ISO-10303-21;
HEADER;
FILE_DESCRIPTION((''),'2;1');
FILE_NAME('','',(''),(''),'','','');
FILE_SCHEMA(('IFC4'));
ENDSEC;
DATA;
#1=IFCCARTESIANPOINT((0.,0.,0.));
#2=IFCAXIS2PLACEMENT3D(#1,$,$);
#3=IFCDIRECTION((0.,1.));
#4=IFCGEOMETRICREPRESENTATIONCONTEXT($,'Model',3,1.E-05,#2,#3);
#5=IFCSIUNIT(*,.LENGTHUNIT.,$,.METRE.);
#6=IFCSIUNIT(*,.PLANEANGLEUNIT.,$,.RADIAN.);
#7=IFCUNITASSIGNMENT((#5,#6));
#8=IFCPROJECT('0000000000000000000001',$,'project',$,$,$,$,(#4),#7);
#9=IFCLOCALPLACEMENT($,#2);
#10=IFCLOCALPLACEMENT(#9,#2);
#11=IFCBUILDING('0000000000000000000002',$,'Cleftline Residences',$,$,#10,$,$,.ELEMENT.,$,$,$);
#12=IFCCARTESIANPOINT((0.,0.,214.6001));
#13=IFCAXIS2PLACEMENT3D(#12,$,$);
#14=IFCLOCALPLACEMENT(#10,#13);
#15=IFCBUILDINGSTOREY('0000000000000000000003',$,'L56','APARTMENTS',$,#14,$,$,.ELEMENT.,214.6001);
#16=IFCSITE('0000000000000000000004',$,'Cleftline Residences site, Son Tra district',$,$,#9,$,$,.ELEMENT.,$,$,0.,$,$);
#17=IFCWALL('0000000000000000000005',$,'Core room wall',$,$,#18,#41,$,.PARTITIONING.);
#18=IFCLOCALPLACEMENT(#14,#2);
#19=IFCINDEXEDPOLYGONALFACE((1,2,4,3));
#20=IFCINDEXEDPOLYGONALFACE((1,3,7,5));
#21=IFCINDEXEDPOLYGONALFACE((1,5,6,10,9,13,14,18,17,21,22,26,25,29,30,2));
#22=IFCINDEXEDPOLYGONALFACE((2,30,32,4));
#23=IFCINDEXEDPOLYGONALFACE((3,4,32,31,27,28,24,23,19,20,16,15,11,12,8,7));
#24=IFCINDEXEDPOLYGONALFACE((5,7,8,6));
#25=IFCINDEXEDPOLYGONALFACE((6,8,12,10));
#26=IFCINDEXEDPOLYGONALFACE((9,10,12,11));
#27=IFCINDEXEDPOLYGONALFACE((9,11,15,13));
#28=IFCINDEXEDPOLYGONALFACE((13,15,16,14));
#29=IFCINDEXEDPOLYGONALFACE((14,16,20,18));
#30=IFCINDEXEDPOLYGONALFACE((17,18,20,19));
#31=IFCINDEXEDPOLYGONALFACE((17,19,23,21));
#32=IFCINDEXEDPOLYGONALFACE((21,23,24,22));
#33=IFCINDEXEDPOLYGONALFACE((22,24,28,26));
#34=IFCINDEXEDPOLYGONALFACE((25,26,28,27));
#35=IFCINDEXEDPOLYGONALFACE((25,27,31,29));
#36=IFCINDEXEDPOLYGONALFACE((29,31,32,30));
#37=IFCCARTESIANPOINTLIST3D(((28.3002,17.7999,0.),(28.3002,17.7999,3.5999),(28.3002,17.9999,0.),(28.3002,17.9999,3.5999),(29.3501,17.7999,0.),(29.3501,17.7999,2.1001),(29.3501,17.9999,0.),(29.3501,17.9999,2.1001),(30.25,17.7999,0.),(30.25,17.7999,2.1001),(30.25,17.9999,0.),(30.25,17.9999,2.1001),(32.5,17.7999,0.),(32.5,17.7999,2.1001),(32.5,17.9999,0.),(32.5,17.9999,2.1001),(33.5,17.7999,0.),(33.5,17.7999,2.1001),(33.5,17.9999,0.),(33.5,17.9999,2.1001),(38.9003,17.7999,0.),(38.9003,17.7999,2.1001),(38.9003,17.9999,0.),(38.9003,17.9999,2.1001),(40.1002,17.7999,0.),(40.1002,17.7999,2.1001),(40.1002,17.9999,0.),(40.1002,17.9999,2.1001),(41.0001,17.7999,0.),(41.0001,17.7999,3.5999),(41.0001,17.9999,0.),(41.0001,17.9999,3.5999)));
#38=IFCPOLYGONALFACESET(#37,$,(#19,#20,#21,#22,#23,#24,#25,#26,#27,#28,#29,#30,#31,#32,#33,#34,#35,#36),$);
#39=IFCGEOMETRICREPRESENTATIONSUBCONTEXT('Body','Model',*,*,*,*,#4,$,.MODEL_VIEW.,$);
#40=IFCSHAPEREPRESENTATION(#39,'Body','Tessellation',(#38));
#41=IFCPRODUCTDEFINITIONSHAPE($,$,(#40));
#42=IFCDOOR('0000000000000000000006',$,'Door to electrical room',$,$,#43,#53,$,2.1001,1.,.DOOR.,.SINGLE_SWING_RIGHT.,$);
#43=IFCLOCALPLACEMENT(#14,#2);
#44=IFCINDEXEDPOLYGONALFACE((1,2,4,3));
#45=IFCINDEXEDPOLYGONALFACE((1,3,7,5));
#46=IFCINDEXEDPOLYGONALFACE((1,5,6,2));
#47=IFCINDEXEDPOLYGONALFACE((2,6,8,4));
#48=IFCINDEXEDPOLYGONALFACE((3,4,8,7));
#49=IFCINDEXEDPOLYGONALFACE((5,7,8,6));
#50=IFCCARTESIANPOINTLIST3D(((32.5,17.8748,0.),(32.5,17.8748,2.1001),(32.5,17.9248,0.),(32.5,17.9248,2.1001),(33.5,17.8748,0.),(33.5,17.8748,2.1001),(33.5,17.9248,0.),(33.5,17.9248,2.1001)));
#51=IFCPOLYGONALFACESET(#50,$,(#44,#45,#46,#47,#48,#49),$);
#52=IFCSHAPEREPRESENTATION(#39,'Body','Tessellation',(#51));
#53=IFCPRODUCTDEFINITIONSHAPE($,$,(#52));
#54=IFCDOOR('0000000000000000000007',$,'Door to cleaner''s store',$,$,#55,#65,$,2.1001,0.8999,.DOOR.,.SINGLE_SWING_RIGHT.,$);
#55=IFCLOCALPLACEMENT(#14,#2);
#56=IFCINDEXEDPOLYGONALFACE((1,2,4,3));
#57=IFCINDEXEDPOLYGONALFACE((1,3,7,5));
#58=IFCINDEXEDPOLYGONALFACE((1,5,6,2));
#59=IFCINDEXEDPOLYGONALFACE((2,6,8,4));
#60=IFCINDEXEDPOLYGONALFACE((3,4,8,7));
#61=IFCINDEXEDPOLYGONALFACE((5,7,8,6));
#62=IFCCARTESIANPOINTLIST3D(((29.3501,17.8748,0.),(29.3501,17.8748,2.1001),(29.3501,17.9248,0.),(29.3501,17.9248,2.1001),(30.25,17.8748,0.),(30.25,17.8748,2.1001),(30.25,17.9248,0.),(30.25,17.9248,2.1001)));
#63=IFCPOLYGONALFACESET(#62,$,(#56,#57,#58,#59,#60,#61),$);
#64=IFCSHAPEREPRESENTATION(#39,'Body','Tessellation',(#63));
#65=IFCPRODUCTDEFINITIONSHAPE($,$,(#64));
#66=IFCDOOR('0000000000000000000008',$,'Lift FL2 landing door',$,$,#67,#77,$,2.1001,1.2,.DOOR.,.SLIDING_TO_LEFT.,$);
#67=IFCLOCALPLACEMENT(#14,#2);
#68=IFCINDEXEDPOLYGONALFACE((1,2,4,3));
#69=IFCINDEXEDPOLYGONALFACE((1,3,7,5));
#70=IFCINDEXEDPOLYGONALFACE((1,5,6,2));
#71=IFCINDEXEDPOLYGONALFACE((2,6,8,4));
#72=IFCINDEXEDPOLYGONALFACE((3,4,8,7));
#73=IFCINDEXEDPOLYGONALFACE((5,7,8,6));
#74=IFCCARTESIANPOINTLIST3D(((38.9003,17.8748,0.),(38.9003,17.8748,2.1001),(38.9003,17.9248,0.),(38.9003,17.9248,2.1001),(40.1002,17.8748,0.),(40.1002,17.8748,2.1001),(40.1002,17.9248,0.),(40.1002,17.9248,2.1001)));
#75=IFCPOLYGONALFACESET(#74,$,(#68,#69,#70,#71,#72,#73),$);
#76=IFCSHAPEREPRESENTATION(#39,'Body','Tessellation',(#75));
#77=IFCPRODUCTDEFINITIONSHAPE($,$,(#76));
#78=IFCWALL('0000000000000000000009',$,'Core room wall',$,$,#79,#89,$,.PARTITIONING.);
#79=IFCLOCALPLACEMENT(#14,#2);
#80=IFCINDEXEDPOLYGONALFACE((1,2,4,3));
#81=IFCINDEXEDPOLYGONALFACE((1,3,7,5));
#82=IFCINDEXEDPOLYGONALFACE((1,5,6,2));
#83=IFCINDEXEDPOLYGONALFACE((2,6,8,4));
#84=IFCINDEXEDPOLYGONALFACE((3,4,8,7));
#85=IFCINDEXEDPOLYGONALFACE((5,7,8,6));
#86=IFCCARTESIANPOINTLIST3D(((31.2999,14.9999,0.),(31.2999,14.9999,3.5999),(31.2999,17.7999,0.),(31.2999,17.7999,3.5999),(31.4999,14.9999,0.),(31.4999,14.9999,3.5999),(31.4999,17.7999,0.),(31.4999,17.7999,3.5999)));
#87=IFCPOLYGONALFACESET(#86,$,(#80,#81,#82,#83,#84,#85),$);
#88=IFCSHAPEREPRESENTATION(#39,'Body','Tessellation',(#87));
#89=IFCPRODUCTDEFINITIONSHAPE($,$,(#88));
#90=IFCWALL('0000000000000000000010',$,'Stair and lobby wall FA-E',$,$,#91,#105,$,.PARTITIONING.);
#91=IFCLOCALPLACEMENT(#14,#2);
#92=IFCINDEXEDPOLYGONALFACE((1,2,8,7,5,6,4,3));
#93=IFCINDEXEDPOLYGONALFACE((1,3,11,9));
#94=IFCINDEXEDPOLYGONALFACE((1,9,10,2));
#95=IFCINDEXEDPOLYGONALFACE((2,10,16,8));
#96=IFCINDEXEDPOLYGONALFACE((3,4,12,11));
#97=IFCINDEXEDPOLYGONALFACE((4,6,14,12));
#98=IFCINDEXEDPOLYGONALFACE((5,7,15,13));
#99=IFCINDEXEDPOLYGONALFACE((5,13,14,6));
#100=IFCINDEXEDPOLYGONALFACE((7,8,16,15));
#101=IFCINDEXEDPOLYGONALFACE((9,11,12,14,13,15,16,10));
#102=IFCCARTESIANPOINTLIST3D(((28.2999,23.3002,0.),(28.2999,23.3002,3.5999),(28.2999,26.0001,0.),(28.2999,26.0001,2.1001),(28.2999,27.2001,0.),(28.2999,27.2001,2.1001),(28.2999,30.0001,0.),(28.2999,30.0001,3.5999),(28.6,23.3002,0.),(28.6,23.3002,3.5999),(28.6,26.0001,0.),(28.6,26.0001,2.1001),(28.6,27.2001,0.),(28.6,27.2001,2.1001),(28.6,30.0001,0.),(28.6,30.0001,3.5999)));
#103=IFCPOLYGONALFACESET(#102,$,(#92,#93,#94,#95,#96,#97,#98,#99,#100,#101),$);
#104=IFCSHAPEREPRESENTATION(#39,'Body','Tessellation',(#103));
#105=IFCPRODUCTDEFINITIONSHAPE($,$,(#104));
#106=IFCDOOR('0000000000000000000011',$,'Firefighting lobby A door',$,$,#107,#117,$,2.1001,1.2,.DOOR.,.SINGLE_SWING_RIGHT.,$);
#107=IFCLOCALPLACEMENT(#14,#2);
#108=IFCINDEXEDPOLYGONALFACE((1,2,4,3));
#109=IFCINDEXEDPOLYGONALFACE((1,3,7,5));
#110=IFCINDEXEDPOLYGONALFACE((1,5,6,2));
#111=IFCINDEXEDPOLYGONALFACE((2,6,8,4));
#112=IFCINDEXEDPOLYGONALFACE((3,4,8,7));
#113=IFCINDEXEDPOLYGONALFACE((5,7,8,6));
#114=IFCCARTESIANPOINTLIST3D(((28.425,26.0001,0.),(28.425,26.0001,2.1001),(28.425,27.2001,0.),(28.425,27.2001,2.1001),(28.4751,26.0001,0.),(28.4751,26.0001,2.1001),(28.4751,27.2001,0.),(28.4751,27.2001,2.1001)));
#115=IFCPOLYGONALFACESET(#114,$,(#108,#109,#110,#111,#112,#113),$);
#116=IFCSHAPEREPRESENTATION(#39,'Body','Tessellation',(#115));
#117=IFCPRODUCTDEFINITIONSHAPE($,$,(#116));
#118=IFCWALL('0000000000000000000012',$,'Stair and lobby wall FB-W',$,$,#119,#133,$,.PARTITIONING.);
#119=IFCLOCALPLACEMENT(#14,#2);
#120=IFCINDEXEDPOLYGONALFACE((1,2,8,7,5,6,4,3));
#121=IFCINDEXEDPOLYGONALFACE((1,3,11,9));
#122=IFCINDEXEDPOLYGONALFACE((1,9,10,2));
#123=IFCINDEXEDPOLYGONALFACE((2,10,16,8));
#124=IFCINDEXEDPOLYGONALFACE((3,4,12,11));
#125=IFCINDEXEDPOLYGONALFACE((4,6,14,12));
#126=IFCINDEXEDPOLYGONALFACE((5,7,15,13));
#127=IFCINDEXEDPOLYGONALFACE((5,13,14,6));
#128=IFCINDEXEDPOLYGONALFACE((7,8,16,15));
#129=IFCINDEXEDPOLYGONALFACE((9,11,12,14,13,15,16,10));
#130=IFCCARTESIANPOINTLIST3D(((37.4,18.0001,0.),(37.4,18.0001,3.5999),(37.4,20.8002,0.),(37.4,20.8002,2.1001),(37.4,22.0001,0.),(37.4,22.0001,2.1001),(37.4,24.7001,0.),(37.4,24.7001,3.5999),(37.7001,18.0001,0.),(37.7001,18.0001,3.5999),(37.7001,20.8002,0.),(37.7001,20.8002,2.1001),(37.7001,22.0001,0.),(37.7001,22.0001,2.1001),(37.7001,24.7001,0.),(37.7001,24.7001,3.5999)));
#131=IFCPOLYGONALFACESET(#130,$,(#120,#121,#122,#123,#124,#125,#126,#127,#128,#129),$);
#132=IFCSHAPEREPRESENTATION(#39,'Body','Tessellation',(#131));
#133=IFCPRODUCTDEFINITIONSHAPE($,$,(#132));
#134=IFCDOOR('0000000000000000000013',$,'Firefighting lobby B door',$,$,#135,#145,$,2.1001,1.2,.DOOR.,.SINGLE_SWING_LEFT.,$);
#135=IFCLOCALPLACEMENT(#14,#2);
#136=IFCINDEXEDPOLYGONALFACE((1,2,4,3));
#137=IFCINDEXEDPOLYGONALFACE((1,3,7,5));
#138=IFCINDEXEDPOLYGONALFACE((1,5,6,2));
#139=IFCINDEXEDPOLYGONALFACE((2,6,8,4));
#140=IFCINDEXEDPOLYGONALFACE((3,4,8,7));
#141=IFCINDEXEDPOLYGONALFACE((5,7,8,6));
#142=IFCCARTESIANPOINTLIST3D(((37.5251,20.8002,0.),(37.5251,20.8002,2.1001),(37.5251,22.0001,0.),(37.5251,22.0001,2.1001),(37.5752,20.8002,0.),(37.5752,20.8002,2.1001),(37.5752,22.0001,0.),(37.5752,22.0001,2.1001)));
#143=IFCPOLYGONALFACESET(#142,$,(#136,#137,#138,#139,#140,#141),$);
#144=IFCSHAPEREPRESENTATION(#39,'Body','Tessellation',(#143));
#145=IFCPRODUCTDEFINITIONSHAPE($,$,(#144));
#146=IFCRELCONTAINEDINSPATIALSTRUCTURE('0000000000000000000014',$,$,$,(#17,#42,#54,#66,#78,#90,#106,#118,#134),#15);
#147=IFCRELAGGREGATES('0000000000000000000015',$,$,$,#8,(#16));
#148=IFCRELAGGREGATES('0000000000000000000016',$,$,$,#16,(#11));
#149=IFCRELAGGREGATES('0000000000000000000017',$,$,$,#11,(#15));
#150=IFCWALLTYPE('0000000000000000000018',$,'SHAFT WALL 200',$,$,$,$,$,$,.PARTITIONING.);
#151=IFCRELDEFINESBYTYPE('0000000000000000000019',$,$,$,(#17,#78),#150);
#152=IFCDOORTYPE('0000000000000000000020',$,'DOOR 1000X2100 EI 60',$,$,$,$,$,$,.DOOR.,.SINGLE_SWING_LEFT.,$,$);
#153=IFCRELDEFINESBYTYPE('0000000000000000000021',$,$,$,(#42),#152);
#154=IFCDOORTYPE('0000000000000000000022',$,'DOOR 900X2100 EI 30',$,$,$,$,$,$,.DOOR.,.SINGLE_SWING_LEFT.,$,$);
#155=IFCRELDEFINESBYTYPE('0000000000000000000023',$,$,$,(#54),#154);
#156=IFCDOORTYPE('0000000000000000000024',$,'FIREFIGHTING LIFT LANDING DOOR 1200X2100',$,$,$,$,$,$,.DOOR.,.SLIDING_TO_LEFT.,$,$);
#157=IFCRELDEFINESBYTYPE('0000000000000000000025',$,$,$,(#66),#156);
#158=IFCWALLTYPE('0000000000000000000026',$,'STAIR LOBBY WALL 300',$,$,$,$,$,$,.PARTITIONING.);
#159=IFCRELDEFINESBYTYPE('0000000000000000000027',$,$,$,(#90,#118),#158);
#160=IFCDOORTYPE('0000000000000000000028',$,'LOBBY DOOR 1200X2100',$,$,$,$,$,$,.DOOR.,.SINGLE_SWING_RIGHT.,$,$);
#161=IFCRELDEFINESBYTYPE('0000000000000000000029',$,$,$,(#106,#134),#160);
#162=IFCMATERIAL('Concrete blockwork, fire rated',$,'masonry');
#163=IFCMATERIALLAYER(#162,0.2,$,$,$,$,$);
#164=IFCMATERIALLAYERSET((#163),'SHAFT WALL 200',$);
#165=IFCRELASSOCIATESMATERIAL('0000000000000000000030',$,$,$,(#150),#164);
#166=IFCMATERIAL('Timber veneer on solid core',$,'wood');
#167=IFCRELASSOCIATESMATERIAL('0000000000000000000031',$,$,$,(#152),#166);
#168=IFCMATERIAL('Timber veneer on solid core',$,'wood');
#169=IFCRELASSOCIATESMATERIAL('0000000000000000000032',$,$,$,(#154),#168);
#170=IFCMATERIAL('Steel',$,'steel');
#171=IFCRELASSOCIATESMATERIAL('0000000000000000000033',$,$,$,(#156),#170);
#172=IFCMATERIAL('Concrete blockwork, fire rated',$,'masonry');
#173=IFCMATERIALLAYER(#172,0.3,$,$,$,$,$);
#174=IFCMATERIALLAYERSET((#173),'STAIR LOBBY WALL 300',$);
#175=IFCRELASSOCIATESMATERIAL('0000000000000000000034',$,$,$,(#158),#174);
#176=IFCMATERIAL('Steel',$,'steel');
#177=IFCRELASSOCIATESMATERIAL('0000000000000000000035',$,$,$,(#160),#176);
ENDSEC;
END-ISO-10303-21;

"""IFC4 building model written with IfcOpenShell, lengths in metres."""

from ifc_helpers import new_model, si_unit, direction, frame, frame_2d, origin, place, context, subcontext, project, spatial, rectangle, extrude, material, layer, layer_set, type_object, element, fill, save


model = new_model("IFC4")

# Units and contexts
model_context = context("Model", 3, precision=1e-05, world=origin(), true_north=direction((0.0, 1.0)))
body_context = subcontext(model_context, "Body", "Model", "MODEL_VIEW")
ifc_project = project(units=[si_unit("LENGTHUNIT", "METRE"), si_unit("PLANEANGLEUNIT", "RADIAN")], contexts=[model_context])

# Site, building, storey
site_placement = place(None, origin())
site = spatial("IfcSite", under=ifc_project, at=site_placement, Name="Cleftline Residences site, Son Tra district", CompositionType="ELEMENT", RefElevation=0.0)
building_placement = place(site_placement, origin())
building = spatial("IfcBuilding", under=site, at=building_placement, Name="Cleftline Residences", CompositionType="ELEMENT")
storey_placement = place(building_placement, frame((0.0, 0.0, 214.6001)))
storey = spatial("IfcBuildingStorey", under=building, at=storey_placement, Name="L56", Description="APARTMENTS", CompositionType="ELEMENT", Elevation=214.6001)

# Wall, openings, doors
ifc_material_1 = material(Name="Concrete blockwork, fire rated", Category="masonry")
ifc_layer_1 = layer(ifc_material_1, 0.2)
ifc_layer_set_1 = layer_set([ifc_layer_1], Name="SHAFT WALL 200")
wall_type_1 = type_object("IfcWallType", Name="SHAFT WALL 200", PredefinedType="PARTITIONING", material=ifc_layer_set_1)
wall_1_placement = place(storey_placement, frame((28.3, 17.8999, 0.0), z_axis=(0.0, 0.0, 1.0), x_axis=(1.0, 0.0, 0.0)))
wall_1 = element("IfcWall", 1, at=wall_1_placement, inside=storey, type_object=wall_type_1, Name="Core room wall", PredefinedType="PARTITIONING", context=body_context, shape_type="SweptSolid", body=[
    extrude(rectangle(XDim=12.7, YDim=0.2, at=frame_2d((6.3501, 0.0))), origin(), (0.0, 0.0, 1.0), 3.5999),
])
opening_1_placement = place(wall_1_placement, frame((1.05, 0.0, 0.0)))
opening_1 = element("IfcOpeningElement", 2, at=opening_1_placement, cuts=wall_1, PredefinedType="OPENING", context=body_context, shape_type="SweptSolid", body=[
    extrude(rectangle(XDim=0.8999, YDim=2.1001, at=frame_2d((0.45, 1.05))), frame((0.0, 0.1099, 0.0), z_axis=(0.0, -1.0, 0.0), x_axis=(1.0, 0.0, 0.0)), (0.0, 0.0, 1.0), 0.22),
])
opening_2_placement = place(wall_1_placement, frame((4.2, 0.0, 0.0)))
opening_2 = element("IfcOpeningElement", 3, at=opening_2_placement, cuts=wall_1, PredefinedType="OPENING", context=body_context, shape_type="SweptSolid", body=[
    extrude(rectangle(XDim=1.0, YDim=2.1001, at=frame_2d((0.5, 1.05))), frame((0.0, 0.1099, 0.0), z_axis=(0.0, -1.0, 0.0), x_axis=(1.0, 0.0, 0.0)), (0.0, 0.0, 1.0), 0.22),
])
opening_3_placement = place(wall_1_placement, frame((10.6001, 0.0, 0.0)))
opening_3 = element("IfcOpeningElement", 4, at=opening_3_placement, cuts=wall_1, PredefinedType="OPENING", context=body_context, shape_type="SweptSolid", body=[
    extrude(rectangle(XDim=1.2, YDim=2.1001, at=frame_2d((0.6001, 1.05))), frame((0.0, 0.1099, 0.0), z_axis=(0.0, -1.0, 0.0), x_axis=(1.0, 0.0, 0.0)), (0.0, 0.0, 1.0), 0.22),
])
ifc_material_2 = material(Name="Timber veneer on solid core", Category="wood")
door_type_1 = type_object("IfcDoorType", Name="DOOR 1000X2100 EI 60", OperationType="SINGLE_SWING_LEFT", PredefinedType="DOOR", material=ifc_material_2)
door_1_placement = place(opening_2_placement, origin())
door_1 = element("IfcDoor", 5, at=door_1_placement, inside=storey, type_object=door_type_1, Name="Door to electrical room", OperationType="SINGLE_SWING_RIGHT", OverallHeight=2.1001, OverallWidth=1.0, PredefinedType="DOOR", context=body_context, shape_type="SweptSolid", body=[
    extrude(rectangle(XDim=1.0, YDim=2.1001, at=frame_2d((0.5, 1.05))), frame((0.0, 0.0249, 0.0), z_axis=(0.0, -1.0, 0.0), x_axis=(1.0, 0.0, 0.0)), (0.0, 0.0, 1.0), 0.05),
])
fill(opening_2, door_1)
ifc_material_3 = material(Name="Timber veneer on solid core", Category="wood")
door_type_2 = type_object("IfcDoorType", Name="DOOR 900X2100 EI 30", OperationType="SINGLE_SWING_LEFT", PredefinedType="DOOR", material=ifc_material_3)
door_2_placement = place(opening_1_placement, origin())
door_2 = element("IfcDoor", 6, at=door_2_placement, inside=storey, type_object=door_type_2, Name="Door to cleaner's store", OperationType="SINGLE_SWING_RIGHT", OverallHeight=2.1001, OverallWidth=0.8999, PredefinedType="DOOR", context=body_context, shape_type="SweptSolid", body=[
    extrude(rectangle(XDim=0.8999, YDim=2.1001, at=frame_2d((0.45, 1.05))), frame((0.0, 0.0249, 0.0), z_axis=(0.0, -1.0, 0.0), x_axis=(1.0, 0.0, 0.0)), (0.0, 0.0, 1.0), 0.05),
])
fill(opening_1, door_2)
ifc_material_4 = material(Name="Steel", Category="steel")
door_type_3 = type_object("IfcDoorType", Name="FIREFIGHTING LIFT LANDING DOOR 1200X2100", OperationType="SLIDING_TO_LEFT", PredefinedType="DOOR", material=ifc_material_4)
door_3_placement = place(opening_3_placement, origin())
door_3 = element("IfcDoor", 7, at=door_3_placement, inside=storey, type_object=door_type_3, Name="Lift FL2 landing door", OperationType="SLIDING_TO_LEFT", OverallHeight=2.1001, OverallWidth=1.2, PredefinedType="DOOR", context=body_context, shape_type="SweptSolid", body=[
    extrude(rectangle(XDim=1.2, YDim=2.1001, at=frame_2d((0.6001, 1.05))), frame((0.0, 0.0249, 0.0), z_axis=(0.0, -1.0, 0.0), x_axis=(1.0, 0.0, 0.0)), (0.0, 0.0, 1.0), 0.05),
])
fill(opening_3, door_3)

# Wall
wall_2_placement = place(storey_placement, frame((31.3999, 15.0, 0.0), z_axis=(0.0, 0.0, 1.0), x_axis=(0.0, 1.0, 0.0)))
element("IfcWall", 8, at=wall_2_placement, inside=storey, type_object=wall_type_1, Name="Core room wall", PredefinedType="PARTITIONING", context=body_context, shape_type="SweptSolid", body=[
    extrude(rectangle(XDim=2.8, YDim=0.2, at=frame_2d((1.3999, 0.0))), origin(), (0.0, 0.0, 1.0), 3.5999),
])

# Walls, openings, doors
ifc_material_5 = material(Name="Concrete blockwork, fire rated", Category="masonry")
ifc_layer_2 = layer(ifc_material_5, 0.3)
ifc_layer_set_2 = layer_set([ifc_layer_2], Name="STAIR LOBBY WALL 300")
wall_type_2 = type_object("IfcWallType", Name="STAIR LOBBY WALL 300", PredefinedType="PARTITIONING", material=ifc_layer_set_2)
wall_3_placement = place(storey_placement, frame((28.45, 23.3, 0.0), z_axis=(0.0, 0.0, 1.0), x_axis=(0.0, 1.0, 0.0)))
wall_3 = element("IfcWall", 9, at=wall_3_placement, inside=storey, type_object=wall_type_2, Name="Stair and lobby wall FA-E", PredefinedType="PARTITIONING", context=body_context, shape_type="SweptSolid", body=[
    extrude(rectangle(XDim=6.7, YDim=0.3, at=frame_2d((3.3501, 0.0))), origin(), (0.0, 0.0, 1.0), 3.5999),
])
opening_4_placement = place(wall_3_placement, frame((2.7, 0.0, 0.0)))
opening_4 = element("IfcOpeningElement", 10, at=opening_4_placement, cuts=wall_3, PredefinedType="OPENING", context=body_context, shape_type="SweptSolid", body=[
    extrude(rectangle(XDim=1.2, YDim=2.1001, at=frame_2d((0.6001, 1.05))), frame((0.0, 0.1599, 0.0), z_axis=(0.0, -1.0, 0.0), x_axis=(1.0, 0.0, 0.0)), (0.0, 0.0, 1.0), 0.3201),
])
ifc_material_6 = material(Name="Steel", Category="steel")
door_type_4 = type_object("IfcDoorType", Name="LOBBY DOOR 1200X2100", OperationType="SINGLE_SWING_RIGHT", PredefinedType="DOOR", material=ifc_material_6)
door_4_placement = place(opening_4_placement, origin())
door_4 = element("IfcDoor", 11, at=door_4_placement, inside=storey, type_object=door_type_4, Name="Firefighting lobby A door", OperationType="SINGLE_SWING_RIGHT", OverallHeight=2.1001, OverallWidth=1.2, PredefinedType="DOOR", context=body_context, shape_type="SweptSolid", body=[
    extrude(rectangle(XDim=1.2, YDim=2.1001, at=frame_2d((0.6001, 1.05))), frame((0.0, 0.0249, 0.0), z_axis=(0.0, -1.0, 0.0), x_axis=(1.0, 0.0, 0.0)), (0.0, 0.0, 1.0), 0.05),
])
fill(opening_4, door_4)
wall_4_placement = place(storey_placement, frame((37.55, 18.0, 0.0), z_axis=(0.0, 0.0, 1.0), x_axis=(0.0, 1.0, 0.0)))
wall_4 = element("IfcWall", 12, at=wall_4_placement, inside=storey, type_object=wall_type_2, Name="Stair and lobby wall FB-W", PredefinedType="PARTITIONING", context=body_context, shape_type="SweptSolid", body=[
    extrude(rectangle(XDim=6.7, YDim=0.3, at=frame_2d((3.3501, 0.0))), origin(), (0.0, 0.0, 1.0), 3.5999),
])
opening_5_placement = place(wall_4_placement, frame((2.8, 0.0, 0.0)))
opening_5 = element("IfcOpeningElement", 13, at=opening_5_placement, cuts=wall_4, PredefinedType="OPENING", context=body_context, shape_type="SweptSolid", body=[
    extrude(rectangle(XDim=1.2, YDim=2.1001, at=frame_2d((0.6001, 1.05))), frame((0.0, 0.1599, 0.0), z_axis=(0.0, -1.0, 0.0), x_axis=(1.0, 0.0, 0.0)), (0.0, 0.0, 1.0), 0.3201),
])
door_5_placement = place(opening_5_placement, origin())
door_5 = element("IfcDoor", 14, at=door_5_placement, inside=storey, type_object=door_type_4, Name="Firefighting lobby B door", OperationType="SINGLE_SWING_LEFT", OverallHeight=2.1001, OverallWidth=1.2, PredefinedType="DOOR", context=body_context, shape_type="SweptSolid", body=[
    extrude(rectangle(XDim=1.2, YDim=2.1001, at=frame_2d((0.6001, 1.05))), frame((0.0, 0.0249, 0.0), z_axis=(0.0, -1.0, 0.0), x_axis=(1.0, 0.0, 0.0)), (0.0, 0.0, 1.0), 0.05),
])
fill(opening_5, door_5)

save(model, "model.ifc")
